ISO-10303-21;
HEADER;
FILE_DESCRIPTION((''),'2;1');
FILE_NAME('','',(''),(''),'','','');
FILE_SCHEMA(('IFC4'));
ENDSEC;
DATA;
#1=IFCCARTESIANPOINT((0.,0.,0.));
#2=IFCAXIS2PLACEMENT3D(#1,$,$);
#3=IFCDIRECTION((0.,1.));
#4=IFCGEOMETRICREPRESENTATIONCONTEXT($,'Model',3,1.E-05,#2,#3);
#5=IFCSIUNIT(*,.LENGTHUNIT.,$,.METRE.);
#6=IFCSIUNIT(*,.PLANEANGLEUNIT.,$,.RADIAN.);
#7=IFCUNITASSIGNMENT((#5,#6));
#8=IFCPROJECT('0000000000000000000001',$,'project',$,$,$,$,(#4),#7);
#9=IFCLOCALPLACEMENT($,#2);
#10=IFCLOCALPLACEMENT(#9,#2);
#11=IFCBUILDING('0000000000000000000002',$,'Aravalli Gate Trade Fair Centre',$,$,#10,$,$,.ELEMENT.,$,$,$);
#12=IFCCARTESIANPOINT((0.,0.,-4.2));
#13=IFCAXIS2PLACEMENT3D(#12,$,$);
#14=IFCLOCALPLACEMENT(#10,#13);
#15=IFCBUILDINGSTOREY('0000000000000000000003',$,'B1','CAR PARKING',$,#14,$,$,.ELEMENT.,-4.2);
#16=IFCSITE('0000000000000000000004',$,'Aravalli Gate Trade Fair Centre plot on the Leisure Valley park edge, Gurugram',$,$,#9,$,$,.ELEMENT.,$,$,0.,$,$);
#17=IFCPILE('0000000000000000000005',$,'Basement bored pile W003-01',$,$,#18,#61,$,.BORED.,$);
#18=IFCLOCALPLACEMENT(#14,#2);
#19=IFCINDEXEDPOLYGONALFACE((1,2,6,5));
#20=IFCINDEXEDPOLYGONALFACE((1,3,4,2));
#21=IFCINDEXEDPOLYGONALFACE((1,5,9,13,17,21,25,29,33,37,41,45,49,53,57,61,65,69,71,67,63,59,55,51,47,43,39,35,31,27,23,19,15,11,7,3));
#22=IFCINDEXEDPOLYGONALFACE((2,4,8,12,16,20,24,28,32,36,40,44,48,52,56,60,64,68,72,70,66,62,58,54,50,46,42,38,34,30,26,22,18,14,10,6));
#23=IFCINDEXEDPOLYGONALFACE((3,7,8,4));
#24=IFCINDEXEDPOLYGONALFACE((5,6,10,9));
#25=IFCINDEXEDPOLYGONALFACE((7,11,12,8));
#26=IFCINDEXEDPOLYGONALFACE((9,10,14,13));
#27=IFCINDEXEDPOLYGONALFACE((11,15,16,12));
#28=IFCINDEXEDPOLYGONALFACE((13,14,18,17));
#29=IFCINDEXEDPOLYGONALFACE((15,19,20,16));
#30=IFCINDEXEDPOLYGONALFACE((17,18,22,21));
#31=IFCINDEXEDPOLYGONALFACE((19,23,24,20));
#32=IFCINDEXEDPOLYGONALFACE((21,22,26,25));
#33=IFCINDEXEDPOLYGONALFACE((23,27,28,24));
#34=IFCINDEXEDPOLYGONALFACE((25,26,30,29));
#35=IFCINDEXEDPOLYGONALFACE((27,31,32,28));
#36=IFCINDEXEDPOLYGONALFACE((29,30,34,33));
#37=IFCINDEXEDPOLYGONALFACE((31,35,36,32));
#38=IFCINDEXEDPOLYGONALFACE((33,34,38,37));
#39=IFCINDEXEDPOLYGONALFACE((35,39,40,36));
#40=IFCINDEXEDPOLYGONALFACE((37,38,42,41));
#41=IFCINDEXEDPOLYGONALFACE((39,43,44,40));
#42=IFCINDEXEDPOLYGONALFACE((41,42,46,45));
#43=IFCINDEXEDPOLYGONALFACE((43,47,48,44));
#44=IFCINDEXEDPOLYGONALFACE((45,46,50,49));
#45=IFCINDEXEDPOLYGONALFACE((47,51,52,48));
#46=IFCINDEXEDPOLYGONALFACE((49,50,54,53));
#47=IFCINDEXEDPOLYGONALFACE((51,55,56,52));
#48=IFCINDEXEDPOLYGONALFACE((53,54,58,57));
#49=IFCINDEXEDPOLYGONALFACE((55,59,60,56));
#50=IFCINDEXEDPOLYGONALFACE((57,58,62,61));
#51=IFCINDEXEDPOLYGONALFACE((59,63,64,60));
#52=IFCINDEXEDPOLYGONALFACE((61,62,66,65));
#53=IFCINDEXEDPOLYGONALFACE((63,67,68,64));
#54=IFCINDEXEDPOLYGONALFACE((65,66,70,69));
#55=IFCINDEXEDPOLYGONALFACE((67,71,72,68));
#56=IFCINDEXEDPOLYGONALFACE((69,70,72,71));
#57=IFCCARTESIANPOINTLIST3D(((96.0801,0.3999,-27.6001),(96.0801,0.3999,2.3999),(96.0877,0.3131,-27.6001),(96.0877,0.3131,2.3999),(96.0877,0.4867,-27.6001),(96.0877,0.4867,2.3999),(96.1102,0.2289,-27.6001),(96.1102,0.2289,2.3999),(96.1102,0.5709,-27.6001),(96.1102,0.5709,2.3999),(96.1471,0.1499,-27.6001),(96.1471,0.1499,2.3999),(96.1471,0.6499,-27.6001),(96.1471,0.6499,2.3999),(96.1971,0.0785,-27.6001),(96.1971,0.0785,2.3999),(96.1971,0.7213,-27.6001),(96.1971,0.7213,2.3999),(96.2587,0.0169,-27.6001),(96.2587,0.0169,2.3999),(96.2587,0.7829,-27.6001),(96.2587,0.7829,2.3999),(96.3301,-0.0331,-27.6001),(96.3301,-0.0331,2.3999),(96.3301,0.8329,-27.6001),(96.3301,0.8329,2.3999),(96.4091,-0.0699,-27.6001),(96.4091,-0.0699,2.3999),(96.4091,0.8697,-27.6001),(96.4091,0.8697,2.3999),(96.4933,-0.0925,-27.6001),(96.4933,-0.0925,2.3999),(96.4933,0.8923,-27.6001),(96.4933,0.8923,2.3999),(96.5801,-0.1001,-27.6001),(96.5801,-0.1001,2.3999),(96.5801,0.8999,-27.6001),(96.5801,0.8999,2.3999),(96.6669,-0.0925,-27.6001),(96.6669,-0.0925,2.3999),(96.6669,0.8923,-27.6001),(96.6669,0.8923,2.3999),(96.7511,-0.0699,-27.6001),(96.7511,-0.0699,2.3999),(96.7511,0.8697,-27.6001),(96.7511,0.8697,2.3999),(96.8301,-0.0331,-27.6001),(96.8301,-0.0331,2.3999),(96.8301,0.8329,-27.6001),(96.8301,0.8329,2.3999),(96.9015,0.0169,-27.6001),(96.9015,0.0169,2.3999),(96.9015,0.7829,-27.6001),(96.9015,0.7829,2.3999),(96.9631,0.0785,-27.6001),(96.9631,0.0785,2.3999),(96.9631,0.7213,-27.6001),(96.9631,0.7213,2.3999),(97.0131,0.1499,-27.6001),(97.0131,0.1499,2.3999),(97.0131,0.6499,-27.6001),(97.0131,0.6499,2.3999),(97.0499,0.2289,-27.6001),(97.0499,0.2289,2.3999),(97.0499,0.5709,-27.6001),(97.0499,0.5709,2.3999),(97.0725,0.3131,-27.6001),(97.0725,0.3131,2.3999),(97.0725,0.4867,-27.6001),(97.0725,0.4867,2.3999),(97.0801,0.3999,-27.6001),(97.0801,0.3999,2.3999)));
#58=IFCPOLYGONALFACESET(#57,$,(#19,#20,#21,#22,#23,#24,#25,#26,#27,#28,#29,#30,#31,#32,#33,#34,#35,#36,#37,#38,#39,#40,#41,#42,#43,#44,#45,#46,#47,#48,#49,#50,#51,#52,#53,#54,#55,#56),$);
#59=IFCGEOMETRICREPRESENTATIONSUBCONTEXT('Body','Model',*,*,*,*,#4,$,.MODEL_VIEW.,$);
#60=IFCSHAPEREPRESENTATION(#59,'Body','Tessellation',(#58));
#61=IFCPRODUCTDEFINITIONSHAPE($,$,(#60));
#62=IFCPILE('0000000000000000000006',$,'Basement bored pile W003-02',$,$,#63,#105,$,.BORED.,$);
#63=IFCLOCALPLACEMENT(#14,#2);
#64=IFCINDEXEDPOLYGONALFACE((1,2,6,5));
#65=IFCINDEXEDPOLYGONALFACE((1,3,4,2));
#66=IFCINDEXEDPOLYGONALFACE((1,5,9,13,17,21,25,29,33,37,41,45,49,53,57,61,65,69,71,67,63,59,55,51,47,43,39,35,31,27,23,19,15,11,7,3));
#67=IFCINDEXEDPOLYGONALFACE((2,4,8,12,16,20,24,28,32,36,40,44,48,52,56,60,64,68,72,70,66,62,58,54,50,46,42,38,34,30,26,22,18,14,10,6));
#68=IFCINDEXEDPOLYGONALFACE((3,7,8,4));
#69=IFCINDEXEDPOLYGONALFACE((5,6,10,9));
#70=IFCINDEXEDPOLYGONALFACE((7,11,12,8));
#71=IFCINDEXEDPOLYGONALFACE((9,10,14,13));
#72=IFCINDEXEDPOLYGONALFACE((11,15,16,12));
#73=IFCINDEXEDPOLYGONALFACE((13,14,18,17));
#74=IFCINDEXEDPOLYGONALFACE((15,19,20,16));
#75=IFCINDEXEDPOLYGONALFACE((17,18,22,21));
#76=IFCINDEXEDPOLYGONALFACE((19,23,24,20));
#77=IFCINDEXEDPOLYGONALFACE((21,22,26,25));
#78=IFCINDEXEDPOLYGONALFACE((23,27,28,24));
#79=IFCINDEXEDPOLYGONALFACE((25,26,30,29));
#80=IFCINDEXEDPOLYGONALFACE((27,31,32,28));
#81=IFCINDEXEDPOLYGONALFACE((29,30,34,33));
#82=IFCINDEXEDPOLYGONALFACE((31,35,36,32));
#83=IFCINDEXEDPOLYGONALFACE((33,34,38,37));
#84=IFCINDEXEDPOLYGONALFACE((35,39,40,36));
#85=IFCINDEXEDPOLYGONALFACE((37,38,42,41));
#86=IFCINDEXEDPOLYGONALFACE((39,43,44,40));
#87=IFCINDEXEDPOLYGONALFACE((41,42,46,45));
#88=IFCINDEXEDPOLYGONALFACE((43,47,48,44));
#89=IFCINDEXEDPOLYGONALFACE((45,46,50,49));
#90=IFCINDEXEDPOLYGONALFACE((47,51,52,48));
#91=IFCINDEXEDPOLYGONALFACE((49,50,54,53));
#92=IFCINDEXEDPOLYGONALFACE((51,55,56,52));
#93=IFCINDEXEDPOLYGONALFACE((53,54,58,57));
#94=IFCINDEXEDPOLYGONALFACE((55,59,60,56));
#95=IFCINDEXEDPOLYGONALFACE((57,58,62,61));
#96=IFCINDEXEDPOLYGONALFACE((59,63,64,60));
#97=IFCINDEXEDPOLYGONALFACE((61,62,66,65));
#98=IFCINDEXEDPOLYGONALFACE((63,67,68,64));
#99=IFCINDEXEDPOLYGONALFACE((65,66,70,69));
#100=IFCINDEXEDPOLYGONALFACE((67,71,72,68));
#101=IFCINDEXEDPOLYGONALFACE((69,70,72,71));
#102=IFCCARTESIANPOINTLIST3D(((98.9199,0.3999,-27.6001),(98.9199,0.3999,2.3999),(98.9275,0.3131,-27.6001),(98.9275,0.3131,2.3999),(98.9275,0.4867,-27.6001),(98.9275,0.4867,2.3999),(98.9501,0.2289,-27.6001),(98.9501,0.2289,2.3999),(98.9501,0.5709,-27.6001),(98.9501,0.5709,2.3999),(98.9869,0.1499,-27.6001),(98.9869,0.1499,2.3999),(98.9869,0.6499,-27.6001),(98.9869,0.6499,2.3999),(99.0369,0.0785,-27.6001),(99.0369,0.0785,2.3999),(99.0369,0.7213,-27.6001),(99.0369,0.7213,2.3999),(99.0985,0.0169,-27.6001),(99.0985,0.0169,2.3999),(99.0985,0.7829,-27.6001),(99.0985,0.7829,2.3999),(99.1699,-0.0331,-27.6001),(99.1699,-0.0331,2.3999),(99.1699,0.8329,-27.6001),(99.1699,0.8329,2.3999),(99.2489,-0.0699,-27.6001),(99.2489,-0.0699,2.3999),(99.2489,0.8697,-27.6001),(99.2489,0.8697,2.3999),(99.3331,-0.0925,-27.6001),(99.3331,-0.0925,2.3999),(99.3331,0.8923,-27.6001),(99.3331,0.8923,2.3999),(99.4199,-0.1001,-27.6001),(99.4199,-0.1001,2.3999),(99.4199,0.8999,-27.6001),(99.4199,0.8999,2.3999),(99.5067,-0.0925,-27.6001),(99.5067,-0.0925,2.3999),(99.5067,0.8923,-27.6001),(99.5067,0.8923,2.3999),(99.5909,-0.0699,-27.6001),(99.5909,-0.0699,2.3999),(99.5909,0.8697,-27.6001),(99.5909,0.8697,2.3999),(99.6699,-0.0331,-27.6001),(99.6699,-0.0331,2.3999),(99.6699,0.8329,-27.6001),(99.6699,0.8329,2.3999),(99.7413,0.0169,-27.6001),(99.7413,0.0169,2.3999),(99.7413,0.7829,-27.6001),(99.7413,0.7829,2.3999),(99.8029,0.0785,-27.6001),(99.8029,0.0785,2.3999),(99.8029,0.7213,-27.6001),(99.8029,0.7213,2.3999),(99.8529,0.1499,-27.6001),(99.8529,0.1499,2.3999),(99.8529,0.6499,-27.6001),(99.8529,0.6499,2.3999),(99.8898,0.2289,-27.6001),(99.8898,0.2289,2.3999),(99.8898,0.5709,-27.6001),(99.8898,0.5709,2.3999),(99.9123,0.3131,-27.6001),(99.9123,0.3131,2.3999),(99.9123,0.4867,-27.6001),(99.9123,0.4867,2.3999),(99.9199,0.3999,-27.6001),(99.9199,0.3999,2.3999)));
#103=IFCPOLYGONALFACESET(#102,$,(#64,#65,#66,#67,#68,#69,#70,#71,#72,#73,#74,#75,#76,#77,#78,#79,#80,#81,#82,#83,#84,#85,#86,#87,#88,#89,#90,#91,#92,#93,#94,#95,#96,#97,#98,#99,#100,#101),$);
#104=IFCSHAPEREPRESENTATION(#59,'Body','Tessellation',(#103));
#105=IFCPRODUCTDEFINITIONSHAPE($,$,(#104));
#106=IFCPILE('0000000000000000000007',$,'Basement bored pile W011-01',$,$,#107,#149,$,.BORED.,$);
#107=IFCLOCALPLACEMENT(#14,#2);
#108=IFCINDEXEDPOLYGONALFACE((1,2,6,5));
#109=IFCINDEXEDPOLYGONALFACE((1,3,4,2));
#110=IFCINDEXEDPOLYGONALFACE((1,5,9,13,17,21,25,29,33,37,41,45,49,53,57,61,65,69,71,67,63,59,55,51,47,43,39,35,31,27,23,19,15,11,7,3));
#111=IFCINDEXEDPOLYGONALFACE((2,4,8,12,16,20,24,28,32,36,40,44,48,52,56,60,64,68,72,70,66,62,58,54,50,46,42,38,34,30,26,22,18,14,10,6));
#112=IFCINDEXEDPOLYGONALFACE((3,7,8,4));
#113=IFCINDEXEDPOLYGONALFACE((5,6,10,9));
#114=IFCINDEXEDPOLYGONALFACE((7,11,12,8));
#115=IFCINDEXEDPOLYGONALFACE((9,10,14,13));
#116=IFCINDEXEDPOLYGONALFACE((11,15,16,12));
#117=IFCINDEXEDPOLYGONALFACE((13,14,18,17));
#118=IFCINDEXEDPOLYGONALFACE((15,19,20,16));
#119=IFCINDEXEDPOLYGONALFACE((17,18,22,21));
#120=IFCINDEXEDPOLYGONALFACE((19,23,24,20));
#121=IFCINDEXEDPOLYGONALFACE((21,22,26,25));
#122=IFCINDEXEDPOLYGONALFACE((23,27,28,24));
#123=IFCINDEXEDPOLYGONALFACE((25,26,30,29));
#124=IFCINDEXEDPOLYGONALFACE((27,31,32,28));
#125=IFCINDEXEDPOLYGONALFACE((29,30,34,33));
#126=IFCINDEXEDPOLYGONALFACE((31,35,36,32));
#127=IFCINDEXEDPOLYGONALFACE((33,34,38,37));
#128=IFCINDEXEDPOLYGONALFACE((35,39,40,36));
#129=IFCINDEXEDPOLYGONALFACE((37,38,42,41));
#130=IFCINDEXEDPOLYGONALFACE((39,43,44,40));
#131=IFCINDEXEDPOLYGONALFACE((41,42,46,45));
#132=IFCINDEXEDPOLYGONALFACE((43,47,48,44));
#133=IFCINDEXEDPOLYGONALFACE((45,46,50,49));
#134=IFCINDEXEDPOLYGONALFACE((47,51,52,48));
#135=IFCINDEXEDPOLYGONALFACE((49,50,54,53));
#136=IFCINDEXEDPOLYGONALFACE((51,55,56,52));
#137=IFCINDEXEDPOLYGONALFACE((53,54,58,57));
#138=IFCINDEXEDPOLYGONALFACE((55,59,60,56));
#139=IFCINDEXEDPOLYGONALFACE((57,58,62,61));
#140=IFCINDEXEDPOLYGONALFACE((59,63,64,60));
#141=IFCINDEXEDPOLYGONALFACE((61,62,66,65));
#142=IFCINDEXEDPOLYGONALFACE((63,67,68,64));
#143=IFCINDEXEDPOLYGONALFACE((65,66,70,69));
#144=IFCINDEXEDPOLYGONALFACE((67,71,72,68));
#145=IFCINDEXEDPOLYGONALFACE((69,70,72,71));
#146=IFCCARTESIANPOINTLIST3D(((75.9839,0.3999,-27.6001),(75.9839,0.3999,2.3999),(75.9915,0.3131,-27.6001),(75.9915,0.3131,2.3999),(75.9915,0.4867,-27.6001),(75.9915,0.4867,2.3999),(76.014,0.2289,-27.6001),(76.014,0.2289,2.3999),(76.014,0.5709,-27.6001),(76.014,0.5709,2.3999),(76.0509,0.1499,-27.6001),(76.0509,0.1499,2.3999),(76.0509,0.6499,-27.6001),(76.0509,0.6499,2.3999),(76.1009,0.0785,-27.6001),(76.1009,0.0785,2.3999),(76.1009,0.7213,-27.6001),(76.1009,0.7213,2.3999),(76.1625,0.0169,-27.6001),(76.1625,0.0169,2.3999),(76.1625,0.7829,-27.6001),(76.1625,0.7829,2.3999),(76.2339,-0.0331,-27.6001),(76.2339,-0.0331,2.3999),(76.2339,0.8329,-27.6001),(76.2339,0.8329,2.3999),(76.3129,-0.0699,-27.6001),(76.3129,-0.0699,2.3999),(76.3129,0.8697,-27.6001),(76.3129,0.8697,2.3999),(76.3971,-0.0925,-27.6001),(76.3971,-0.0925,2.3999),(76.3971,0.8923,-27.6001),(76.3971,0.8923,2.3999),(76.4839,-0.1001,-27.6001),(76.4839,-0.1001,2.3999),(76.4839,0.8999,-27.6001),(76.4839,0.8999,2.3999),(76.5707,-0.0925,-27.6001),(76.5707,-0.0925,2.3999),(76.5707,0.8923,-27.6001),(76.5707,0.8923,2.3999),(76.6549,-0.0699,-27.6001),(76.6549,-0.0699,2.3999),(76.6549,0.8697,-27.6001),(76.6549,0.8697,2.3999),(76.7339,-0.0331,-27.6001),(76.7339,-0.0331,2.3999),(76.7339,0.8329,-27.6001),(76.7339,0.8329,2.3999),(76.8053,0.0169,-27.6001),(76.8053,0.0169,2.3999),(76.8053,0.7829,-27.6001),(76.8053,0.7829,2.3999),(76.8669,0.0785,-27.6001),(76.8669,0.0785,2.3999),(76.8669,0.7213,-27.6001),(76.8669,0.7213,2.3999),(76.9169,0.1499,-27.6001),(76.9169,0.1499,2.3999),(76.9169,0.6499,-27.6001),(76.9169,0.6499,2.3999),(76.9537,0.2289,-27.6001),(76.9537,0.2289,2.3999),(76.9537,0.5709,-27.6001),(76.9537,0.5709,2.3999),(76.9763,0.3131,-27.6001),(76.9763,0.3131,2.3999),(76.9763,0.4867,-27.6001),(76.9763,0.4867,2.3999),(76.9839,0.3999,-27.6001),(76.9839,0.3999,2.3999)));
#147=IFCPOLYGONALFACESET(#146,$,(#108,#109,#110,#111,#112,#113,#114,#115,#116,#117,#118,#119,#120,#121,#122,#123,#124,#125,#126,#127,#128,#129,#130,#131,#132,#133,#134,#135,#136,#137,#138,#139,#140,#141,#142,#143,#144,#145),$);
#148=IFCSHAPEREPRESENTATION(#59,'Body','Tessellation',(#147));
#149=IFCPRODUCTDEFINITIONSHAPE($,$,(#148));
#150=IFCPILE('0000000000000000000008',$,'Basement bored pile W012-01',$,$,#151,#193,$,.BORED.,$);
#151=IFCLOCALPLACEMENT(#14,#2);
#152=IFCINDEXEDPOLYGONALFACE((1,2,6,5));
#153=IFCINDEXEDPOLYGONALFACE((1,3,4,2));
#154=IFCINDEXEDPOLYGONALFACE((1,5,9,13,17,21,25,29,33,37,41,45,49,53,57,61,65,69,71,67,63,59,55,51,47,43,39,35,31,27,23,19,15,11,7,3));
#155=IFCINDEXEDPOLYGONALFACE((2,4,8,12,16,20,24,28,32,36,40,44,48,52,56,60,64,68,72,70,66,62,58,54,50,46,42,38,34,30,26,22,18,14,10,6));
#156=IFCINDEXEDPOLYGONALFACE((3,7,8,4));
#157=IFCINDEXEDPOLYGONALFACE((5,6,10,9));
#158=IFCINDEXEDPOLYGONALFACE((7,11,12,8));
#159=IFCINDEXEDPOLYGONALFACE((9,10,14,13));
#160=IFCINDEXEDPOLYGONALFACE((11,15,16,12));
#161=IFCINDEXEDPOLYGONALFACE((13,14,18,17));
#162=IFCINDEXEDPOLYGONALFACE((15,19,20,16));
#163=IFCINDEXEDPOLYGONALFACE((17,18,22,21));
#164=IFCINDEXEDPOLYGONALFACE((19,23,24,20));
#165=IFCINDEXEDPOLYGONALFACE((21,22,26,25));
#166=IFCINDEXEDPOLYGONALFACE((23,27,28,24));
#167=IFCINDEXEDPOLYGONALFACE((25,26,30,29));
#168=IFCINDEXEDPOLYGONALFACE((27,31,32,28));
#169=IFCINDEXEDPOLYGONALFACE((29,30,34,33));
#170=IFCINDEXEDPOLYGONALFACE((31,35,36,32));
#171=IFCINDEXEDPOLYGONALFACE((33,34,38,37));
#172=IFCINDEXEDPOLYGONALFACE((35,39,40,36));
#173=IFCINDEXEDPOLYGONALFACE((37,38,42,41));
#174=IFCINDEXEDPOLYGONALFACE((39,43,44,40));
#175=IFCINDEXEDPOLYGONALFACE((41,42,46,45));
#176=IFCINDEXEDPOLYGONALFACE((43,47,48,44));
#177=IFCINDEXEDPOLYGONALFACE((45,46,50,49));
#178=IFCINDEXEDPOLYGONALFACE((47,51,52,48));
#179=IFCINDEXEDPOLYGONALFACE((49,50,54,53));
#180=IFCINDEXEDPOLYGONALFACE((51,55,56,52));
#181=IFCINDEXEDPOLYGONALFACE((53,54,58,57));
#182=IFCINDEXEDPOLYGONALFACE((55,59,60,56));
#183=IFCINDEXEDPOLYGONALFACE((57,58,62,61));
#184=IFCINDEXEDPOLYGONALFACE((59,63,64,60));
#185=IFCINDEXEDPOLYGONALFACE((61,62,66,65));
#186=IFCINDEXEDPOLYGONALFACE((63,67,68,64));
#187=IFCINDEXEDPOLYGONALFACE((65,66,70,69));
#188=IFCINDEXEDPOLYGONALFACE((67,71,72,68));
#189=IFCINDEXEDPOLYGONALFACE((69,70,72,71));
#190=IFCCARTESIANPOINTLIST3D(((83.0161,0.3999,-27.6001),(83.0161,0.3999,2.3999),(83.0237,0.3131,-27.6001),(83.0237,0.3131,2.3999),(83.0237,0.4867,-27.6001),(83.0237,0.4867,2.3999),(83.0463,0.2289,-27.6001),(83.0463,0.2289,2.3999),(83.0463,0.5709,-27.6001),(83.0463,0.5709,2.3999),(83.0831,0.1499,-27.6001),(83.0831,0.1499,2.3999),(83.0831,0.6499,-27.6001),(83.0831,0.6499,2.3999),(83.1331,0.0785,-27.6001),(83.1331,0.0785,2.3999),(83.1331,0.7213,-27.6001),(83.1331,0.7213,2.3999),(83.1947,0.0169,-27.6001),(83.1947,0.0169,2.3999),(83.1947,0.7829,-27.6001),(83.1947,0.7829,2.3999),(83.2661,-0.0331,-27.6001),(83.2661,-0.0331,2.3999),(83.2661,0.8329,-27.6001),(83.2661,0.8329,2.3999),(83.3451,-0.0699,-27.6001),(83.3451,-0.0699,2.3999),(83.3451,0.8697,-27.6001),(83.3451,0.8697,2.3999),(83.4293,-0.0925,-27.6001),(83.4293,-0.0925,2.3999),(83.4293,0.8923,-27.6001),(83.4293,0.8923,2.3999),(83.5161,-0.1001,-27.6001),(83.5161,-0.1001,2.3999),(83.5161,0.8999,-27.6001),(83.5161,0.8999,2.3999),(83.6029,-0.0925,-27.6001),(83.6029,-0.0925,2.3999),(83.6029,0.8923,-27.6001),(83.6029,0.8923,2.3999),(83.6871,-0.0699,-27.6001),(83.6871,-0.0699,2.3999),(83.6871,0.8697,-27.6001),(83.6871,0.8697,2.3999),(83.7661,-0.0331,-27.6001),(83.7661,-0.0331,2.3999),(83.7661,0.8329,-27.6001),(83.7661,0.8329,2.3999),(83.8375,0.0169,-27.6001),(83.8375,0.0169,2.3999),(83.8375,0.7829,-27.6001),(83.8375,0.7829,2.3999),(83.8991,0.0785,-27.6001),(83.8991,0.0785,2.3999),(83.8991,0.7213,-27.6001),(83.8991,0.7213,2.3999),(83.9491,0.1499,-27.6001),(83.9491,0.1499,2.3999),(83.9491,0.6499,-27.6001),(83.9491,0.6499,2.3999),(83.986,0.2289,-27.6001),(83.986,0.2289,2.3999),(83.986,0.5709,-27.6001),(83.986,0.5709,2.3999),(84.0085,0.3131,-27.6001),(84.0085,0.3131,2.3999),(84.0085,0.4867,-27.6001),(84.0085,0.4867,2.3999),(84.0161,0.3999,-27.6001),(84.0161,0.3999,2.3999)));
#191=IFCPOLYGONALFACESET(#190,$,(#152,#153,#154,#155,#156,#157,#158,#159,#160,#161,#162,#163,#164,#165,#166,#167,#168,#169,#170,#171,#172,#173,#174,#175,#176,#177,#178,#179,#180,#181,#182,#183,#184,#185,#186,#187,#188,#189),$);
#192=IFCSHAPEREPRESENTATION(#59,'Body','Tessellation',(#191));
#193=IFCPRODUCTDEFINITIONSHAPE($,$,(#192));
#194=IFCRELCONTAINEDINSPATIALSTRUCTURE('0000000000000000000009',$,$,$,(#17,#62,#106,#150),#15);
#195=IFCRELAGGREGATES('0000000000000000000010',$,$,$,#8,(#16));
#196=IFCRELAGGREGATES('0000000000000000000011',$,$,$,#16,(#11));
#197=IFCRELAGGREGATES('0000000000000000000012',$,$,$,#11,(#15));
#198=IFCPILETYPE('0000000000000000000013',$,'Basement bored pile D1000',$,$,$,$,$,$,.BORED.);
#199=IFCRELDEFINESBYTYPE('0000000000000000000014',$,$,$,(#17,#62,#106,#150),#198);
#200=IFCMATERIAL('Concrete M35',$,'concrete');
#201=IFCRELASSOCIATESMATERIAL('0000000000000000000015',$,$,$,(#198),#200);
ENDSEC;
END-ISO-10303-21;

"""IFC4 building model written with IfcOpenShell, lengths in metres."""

from ifc_helpers import new_model, si_unit, direction, frame, origin, origin_2d, place, context, subcontext, project, spatial, circle, extrude, material, material_profile, profile_set, type_object, element, save


model = new_model("IFC4")

# Units and contexts
model_context = context("Model", 3, precision=1e-05, world=origin(), true_north=direction((0.0, 1.0)))
body_context = subcontext(model_context, "Body", "Model", "MODEL_VIEW")
ifc_project = project(units=[si_unit("LENGTHUNIT", "METRE"), si_unit("PLANEANGLEUNIT", "RADIAN")], contexts=[model_context])

# Site, building, storey
site_placement = place(None, origin())
site = spatial("IfcSite", under=ifc_project, at=site_placement, Name="Aravalli Gate Trade Fair Centre plot on the Leisure Valley park edge, Gurugram", CompositionType="ELEMENT", RefElevation=0.0)
building_placement = place(site_placement, origin())
building = spatial("IfcBuilding", under=site, at=building_placement, Name="Aravalli Gate Trade Fair Centre", CompositionType="ELEMENT")
storey_placement = place(building_placement, frame((0.0, 0.0, -4.2)))
storey = spatial("IfcBuildingStorey", under=building, at=storey_placement, Name="B1", Description="CAR PARKING", CompositionType="ELEMENT", Elevation=-4.2)

# Piles
ifc_material = material(Name="Concrete M35", Category="concrete")
ifc_material_profile = material_profile(ifc_material, circle(Radius=0.5, at=origin_2d()), Name="D1000")
ifc_profile_set = profile_set([ifc_material_profile], Name="Concrete M35")
pile_type = type_object("IfcPileType", Name="Basement bored pile D1000", PredefinedType="BORED", material=ifc_profile_set)
for number, where, z_axis, x_axis, name in (
    (1, (96.5801, 0.3999, 2.3999), (0.0, 0.0, -1.0), (1.0, 0.0, 0.0), "Basement bored pile W003-01"),
    (2, (99.4199, 0.3999, 2.3999), (0.0, 0.0, -1.0), (1.0, 0.0, 0.0), "Basement bored pile W003-02"),
    (3, (76.4839, 0.3999, 2.3999), (0.0, 0.0, -1.0), (1.0, 0.0, 0.0), "Basement bored pile W011-01"),
    (4, (83.5161, 0.3999, 2.3999), (0.0, 0.0, -1.0), (1.0, 0.0, 0.0), "Basement bored pile W012-01"),
):
    element("IfcPile", number, at=place(storey_placement, frame(where, z_axis=z_axis, x_axis=x_axis)), inside=storey, type_object=pile_type, Name=name, PredefinedType="BORED", context=body_context, shape_type="SweptSolid", body=[
        extrude(circle(Radius=0.5, at=origin_2d()), origin(), (0.0, 0.0, 1.0), 30.0),
    ])

save(model, "model.ifc")
